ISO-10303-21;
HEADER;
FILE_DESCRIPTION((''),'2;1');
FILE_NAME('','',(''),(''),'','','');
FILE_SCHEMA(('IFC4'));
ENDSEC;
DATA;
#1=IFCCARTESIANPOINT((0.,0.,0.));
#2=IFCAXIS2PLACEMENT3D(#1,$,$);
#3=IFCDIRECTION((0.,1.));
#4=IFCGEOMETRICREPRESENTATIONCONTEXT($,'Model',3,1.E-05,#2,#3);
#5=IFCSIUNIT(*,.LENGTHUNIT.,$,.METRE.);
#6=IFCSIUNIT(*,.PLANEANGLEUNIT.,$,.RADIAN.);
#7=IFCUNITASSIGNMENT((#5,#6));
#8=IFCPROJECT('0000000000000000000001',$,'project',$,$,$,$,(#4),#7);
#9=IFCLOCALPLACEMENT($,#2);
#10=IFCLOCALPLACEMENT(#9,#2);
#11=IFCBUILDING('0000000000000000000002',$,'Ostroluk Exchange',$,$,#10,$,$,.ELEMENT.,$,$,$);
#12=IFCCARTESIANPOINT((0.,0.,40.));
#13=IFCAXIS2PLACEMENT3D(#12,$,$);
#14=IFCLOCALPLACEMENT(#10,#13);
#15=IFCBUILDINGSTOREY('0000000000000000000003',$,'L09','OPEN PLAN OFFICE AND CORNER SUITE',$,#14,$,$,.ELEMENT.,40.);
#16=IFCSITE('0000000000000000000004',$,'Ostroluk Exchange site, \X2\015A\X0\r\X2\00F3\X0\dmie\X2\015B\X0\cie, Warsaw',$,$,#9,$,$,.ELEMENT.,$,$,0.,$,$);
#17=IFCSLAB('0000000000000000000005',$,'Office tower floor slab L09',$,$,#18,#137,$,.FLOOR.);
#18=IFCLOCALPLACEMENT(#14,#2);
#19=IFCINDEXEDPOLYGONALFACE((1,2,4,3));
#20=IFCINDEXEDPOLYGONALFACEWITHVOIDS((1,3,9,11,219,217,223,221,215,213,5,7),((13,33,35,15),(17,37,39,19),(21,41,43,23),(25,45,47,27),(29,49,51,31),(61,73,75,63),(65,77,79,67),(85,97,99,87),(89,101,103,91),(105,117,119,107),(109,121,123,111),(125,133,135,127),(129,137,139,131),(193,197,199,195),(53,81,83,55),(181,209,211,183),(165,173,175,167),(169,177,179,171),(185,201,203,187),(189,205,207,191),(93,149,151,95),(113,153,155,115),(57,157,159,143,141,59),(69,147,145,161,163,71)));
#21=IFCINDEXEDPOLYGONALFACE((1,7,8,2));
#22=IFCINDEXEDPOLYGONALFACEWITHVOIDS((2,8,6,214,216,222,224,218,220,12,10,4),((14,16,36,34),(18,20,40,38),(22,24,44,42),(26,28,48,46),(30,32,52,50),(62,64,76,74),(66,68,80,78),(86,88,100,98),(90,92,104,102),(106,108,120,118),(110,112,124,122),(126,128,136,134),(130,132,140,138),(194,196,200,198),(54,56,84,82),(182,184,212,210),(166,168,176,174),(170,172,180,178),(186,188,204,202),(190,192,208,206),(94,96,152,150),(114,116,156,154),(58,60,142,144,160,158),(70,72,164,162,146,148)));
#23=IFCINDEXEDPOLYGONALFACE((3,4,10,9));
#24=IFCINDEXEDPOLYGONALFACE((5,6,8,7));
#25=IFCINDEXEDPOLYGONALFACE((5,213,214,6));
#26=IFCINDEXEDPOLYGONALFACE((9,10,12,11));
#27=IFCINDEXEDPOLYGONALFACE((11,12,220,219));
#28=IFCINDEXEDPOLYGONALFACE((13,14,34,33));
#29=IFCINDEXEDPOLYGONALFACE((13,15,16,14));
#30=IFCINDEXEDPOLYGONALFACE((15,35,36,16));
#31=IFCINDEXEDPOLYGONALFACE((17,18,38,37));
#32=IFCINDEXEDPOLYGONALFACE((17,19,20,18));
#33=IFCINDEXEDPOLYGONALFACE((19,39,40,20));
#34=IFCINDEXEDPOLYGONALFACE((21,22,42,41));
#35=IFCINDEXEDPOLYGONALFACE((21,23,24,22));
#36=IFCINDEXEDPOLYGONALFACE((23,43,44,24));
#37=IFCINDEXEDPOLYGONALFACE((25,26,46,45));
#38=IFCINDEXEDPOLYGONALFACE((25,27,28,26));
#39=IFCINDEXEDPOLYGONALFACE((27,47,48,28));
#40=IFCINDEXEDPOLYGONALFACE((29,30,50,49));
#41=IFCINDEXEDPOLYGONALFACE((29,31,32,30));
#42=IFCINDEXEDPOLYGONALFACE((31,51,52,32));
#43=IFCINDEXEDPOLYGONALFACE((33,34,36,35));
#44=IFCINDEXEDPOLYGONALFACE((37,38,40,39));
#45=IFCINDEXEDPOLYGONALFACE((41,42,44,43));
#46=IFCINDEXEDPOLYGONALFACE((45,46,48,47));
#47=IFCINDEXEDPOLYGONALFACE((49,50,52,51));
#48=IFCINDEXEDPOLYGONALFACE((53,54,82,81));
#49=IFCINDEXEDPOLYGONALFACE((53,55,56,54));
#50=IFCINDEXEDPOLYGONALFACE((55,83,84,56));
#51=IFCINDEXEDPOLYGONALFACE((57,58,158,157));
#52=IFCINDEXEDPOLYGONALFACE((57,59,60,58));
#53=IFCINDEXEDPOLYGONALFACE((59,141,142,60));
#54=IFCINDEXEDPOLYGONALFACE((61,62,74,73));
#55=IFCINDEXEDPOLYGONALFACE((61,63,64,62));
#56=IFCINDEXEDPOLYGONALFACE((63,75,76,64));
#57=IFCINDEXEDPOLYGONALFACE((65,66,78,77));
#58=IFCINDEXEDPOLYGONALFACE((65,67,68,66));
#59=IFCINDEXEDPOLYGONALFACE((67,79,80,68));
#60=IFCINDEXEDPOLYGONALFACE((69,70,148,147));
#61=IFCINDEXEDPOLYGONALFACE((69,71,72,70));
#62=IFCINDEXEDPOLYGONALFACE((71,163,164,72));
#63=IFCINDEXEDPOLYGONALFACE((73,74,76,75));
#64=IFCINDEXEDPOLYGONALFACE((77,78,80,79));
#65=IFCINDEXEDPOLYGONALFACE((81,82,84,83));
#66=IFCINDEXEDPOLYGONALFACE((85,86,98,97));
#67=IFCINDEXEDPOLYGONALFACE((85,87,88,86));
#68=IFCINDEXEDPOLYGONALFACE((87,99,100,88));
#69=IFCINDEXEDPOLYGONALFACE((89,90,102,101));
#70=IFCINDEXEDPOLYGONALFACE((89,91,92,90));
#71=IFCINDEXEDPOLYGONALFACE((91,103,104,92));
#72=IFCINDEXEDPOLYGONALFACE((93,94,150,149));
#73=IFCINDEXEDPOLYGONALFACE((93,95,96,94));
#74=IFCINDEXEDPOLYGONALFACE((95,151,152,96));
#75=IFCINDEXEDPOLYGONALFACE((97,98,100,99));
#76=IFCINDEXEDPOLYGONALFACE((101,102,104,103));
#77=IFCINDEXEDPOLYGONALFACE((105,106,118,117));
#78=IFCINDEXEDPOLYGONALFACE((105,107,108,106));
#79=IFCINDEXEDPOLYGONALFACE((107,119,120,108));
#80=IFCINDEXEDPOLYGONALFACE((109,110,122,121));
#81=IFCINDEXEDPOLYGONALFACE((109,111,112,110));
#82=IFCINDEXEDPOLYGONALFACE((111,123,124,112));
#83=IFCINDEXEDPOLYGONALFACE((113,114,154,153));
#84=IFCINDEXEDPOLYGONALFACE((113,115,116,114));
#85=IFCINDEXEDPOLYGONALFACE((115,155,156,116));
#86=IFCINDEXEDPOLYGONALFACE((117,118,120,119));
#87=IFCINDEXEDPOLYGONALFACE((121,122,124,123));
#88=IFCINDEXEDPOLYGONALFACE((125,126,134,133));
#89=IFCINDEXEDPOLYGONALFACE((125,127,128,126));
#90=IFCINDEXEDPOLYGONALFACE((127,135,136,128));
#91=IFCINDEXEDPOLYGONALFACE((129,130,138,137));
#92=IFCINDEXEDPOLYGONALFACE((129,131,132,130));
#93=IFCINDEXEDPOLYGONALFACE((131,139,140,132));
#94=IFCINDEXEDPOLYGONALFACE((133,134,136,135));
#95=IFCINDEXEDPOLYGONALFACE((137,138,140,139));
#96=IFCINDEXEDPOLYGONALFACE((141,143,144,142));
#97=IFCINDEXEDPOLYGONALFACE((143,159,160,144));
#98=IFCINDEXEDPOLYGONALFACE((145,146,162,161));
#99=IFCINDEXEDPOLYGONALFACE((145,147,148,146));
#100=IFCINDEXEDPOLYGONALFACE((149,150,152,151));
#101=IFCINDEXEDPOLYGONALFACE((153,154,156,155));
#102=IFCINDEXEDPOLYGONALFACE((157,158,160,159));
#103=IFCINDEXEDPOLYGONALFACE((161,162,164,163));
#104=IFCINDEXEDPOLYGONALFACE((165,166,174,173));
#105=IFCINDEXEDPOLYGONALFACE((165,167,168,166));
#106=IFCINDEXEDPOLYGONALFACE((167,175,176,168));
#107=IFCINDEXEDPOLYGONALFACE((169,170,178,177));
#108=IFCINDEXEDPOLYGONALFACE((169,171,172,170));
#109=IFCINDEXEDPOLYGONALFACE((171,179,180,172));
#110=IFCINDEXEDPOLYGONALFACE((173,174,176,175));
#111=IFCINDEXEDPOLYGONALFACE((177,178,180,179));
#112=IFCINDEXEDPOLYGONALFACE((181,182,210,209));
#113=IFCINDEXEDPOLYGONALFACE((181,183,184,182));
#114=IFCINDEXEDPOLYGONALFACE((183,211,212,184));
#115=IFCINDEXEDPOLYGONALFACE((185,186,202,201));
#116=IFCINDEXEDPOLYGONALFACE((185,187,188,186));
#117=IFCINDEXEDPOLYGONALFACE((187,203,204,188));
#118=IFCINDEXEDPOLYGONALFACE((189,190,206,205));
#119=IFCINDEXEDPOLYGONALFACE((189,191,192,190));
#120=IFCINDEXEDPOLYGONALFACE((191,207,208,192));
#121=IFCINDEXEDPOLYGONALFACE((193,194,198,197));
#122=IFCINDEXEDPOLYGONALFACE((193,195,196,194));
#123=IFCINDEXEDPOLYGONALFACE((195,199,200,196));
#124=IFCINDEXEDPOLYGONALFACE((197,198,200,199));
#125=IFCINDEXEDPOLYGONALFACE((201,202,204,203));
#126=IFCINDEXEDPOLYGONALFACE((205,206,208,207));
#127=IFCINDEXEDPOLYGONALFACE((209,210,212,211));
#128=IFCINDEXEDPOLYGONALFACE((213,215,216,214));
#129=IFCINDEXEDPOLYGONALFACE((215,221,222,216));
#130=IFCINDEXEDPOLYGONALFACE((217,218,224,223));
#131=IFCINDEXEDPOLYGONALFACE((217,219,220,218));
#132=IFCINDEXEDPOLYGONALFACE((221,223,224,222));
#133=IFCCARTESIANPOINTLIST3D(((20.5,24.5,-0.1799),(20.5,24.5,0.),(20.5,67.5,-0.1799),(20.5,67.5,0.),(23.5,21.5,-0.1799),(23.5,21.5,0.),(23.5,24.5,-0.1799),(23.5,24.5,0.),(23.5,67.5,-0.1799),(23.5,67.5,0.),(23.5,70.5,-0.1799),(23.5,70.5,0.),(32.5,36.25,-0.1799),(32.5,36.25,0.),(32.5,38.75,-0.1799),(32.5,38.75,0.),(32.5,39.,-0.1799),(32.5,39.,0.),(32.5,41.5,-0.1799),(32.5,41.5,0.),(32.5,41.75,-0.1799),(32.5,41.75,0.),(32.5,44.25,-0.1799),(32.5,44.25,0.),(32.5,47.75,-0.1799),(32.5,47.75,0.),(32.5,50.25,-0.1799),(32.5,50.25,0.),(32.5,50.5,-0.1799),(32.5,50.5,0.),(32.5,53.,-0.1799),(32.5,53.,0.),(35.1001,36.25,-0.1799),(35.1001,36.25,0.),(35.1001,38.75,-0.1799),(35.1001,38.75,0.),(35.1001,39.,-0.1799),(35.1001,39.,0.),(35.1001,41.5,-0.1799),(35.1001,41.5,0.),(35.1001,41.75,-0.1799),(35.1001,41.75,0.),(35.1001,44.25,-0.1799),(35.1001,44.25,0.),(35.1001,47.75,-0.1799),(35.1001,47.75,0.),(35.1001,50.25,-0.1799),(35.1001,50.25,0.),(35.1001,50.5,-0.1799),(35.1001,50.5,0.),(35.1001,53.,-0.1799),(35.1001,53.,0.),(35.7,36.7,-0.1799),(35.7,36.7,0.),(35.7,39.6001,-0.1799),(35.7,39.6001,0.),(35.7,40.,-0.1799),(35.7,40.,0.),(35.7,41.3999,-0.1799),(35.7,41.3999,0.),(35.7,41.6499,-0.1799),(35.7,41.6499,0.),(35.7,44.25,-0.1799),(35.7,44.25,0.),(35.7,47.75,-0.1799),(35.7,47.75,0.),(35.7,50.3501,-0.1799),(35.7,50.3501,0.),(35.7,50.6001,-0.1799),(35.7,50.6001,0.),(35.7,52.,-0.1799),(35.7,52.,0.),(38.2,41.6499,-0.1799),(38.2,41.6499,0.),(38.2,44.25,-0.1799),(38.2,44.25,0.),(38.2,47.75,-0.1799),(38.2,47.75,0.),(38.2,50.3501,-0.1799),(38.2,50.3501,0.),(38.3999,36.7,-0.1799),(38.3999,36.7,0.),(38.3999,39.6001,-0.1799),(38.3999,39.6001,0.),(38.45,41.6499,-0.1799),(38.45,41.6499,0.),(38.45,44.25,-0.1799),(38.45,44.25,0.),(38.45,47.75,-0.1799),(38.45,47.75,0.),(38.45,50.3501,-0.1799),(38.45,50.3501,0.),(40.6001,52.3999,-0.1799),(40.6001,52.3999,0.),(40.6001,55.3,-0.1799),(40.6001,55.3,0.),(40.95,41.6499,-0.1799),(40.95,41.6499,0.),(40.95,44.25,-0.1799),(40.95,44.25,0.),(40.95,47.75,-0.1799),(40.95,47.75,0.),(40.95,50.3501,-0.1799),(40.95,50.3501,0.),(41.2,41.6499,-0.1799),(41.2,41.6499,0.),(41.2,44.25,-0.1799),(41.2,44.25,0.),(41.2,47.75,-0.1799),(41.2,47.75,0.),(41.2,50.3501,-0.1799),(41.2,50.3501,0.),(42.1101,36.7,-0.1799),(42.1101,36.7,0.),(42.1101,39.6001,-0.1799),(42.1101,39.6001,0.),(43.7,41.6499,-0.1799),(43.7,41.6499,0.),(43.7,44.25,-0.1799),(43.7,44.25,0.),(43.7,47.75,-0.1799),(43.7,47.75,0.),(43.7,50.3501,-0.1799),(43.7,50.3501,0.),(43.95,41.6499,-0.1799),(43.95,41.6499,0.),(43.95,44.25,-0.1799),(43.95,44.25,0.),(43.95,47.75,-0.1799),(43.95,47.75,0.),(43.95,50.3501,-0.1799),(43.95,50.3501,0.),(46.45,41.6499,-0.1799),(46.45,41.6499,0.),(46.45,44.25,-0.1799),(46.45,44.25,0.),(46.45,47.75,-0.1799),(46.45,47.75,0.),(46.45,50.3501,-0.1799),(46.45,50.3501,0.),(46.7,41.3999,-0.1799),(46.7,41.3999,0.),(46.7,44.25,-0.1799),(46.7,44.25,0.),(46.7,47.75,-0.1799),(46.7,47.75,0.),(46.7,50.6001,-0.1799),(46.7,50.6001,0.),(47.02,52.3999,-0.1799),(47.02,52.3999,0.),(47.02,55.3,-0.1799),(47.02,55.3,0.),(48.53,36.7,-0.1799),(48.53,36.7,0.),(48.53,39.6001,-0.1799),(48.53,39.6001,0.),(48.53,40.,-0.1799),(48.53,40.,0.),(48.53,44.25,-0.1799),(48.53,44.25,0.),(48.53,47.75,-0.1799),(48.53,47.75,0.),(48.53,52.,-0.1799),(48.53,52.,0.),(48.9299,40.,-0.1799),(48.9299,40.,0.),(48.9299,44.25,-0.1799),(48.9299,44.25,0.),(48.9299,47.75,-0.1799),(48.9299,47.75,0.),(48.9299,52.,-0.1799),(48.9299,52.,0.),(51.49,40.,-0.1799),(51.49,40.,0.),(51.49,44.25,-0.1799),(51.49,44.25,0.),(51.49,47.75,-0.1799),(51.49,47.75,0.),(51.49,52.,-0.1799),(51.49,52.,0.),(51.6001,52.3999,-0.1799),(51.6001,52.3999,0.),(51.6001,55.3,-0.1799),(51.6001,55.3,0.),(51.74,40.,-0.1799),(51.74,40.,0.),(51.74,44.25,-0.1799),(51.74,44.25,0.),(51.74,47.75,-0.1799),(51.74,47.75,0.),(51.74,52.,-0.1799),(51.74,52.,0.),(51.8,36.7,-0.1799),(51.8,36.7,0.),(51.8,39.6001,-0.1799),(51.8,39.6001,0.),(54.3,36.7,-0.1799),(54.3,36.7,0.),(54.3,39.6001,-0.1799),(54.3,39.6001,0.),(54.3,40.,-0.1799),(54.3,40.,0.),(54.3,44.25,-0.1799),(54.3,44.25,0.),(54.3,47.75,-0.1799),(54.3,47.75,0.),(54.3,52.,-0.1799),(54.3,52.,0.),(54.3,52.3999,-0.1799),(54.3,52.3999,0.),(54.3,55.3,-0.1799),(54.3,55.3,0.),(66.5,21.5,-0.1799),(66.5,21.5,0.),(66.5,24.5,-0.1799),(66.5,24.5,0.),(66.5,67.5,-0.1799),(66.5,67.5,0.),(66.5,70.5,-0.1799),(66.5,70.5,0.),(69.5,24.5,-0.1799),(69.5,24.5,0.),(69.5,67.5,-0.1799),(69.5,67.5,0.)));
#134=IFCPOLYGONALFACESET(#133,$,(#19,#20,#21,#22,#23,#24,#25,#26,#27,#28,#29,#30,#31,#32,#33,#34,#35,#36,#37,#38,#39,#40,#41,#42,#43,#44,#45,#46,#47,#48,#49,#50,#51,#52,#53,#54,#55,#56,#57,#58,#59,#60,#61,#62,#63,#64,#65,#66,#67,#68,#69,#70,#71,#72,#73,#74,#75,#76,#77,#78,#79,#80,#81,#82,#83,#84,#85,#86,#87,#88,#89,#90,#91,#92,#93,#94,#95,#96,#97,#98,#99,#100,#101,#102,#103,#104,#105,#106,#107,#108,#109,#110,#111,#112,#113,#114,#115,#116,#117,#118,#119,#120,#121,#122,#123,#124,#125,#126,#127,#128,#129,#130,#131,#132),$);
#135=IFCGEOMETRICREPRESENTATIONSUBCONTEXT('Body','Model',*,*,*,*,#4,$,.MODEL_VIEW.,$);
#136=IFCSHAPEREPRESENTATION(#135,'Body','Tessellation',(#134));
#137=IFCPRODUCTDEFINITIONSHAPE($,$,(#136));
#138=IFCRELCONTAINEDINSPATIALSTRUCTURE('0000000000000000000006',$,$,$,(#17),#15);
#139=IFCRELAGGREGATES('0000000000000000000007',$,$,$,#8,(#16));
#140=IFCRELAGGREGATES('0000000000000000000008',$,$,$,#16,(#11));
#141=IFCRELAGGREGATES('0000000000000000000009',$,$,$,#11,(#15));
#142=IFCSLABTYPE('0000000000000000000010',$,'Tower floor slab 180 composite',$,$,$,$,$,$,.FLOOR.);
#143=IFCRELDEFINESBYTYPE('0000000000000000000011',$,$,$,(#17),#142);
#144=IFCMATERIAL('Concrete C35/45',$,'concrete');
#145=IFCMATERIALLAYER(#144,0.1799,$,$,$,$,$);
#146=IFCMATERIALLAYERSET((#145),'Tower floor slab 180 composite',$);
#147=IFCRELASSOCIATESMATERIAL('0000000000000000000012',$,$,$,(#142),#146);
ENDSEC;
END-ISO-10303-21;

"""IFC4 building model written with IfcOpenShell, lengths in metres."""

from ifc_helpers import new_model, si_unit, direction, frame, origin, place, context, subcontext, project, spatial, polyline, outline, extrude, material, layer, layer_set, type_object, element, save


model = new_model("IFC4")

# Units and contexts
model_context = context("Model", 3, precision=1e-05, world=origin(), true_north=direction((0.0, 1.0)))
body_context = subcontext(model_context, "Body", "Model", "MODEL_VIEW")
ifc_project = project(units=[si_unit("LENGTHUNIT", "METRE"), si_unit("PLANEANGLEUNIT", "RADIAN")], contexts=[model_context])

# Site, building, storey
site_placement = place(None, origin())
site = spatial("IfcSite", under=ifc_project, at=site_placement, Name="Ostroluk Exchange site, Śródmieście, Warsaw", CompositionType="ELEMENT", RefElevation=0.0)
building_placement = place(site_placement, origin())
building = spatial("IfcBuilding", under=site, at=building_placement, Name="Ostroluk Exchange", CompositionType="ELEMENT")
storey_placement = place(building_placement, frame((0.0, 0.0, 40.0)))
storey = spatial("IfcBuildingStorey", under=building, at=storey_placement, Name="L09", Description="OPEN PLAN OFFICE AND CORNER SUITE", CompositionType="ELEMENT", Elevation=40.0)

# Slab
ifc_material_1 = material(Name="Concrete C35/45", Category="concrete")
ifc_layer_1 = layer(ifc_material_1, 0.1799)
ifc_layer_set_1 = layer_set([ifc_layer_1], Name="Tower floor slab 180 composite")
slab_type_1 = type_object("IfcSlabType", Name="Tower floor slab 180 composite", PredefinedType="FLOOR", material=ifc_layer_set_1)
slab_1_placement = place(storey_placement, frame((0.0, 0.0, -0.1799)))
element("IfcSlab", 1, at=slab_1_placement, inside=storey, type_object=slab_type_1, Name="Office tower floor slab L09", PredefinedType="FLOOR", context=body_context, shape_type="SweptSolid", body=[
    extrude(outline(polyline([(23.5, 21.5), (66.5, 21.5), (66.5, 24.5), (69.5, 24.5), (69.5, 67.5), (66.5, 67.5), (66.5, 70.5), (23.5, 70.5), (23.5, 67.5), (20.5, 67.5), (20.5, 24.5), (23.5, 24.5), (23.5, 21.5)]), holes=[polyline([(35.7, 36.7), (38.3999, 36.7), (38.3999, 39.6001), (35.7, 39.6001), (35.7, 36.7)]), polyline([(42.1101, 36.7), (48.53, 36.7), (48.53, 39.6001), (42.1101, 39.6001), (42.1101, 36.7)]), polyline([(51.8, 36.7), (54.3, 36.7), (54.3, 39.6001), (51.8, 39.6001), (51.8, 36.7)]), polyline([(40.6001, 52.3999), (47.02, 52.3999), (47.02, 55.3), (40.6001, 55.3), (40.6001, 52.3999)]), polyline([(51.6001, 52.3999), (54.3, 52.3999), (54.3, 55.3), (51.6001, 55.3), (51.6001, 52.3999)]), polyline([(35.7, 47.75), (38.2, 47.75), (38.2, 50.3501), (35.7, 50.3501), (35.7, 47.75)]), polyline([(38.45, 47.75), (40.95, 47.75), (40.95, 50.3501), (38.45, 50.3501), (38.45, 47.75)]), polyline([(41.2, 47.75), (43.7, 47.75), (43.7, 50.3501), (41.2, 50.3501), (41.2, 47.75)]), polyline([(43.95, 47.75), (46.45, 47.75), (46.45, 50.3501), (43.95, 50.3501), (43.95, 47.75)]), polyline([(35.7, 41.6499), (38.2, 41.6499), (38.2, 44.25), (35.7, 44.25), (35.7, 41.6499)]), polyline([(38.45, 41.6499), (40.95, 41.6499), (40.95, 44.25), (38.45, 44.25), (38.45, 41.6499)]), polyline([(41.2, 41.6499), (43.7, 41.6499), (43.7, 44.25), (41.2, 44.25), (41.2, 41.6499)]), polyline([(43.95, 41.6499), (46.45, 41.6499), (46.45, 44.25), (43.95, 44.25), (43.95, 41.6499)]), polyline([(48.9299, 47.75), (51.49, 47.75), (51.49, 52.0), (48.9299, 52.0), (48.9299, 47.75)]), polyline([(51.74, 47.75), (54.3, 47.75), (54.3, 52.0), (51.74, 52.0), (51.74, 47.75)]), polyline([(48.9299, 40.0), (51.49, 40.0), (51.49, 44.25), (48.9299, 44.25), (48.9299, 40.0)]), polyline([(51.74, 40.0), (54.3, 40.0), (54.3, 44.25), (51.74, 44.25), (51.74, 40.0)]), polyline([(48.53, 52.0), (48.53, 47.75), (46.7, 47.75), (46.7, 50.6001), (35.7, 50.6001), (35.7, 52.0), (48.53, 52.0)]), polyline([(35.7, 40.0), (35.7, 41.3999), (46.7, 41.3999), (46.7, 44.25), (48.53, 44.25), (48.53, 40.0), (35.7, 40.0)]), polyline([(32.5, 36.25), (35.1001, 36.25), (35.1001, 38.75), (32.5, 38.75), (32.5, 36.25)]), polyline([(32.5, 39.0), (35.1001, 39.0), (35.1001, 41.5), (32.5, 41.5), (32.5, 39.0)]), polyline([(32.5, 41.75), (35.1001, 41.75), (35.1001, 44.25), (32.5, 44.25), (32.5, 41.75)]), polyline([(32.5, 47.75), (35.1001, 47.75), (35.1001, 50.25), (32.5, 50.25), (32.5, 47.75)]), polyline([(32.5, 50.5), (35.1001, 50.5), (35.1001, 53.0), (32.5, 53.0), (32.5, 50.5)])]), origin(), (0.0, 0.0, 1.0), 0.1799),
])

save(model, "model.ifc")
